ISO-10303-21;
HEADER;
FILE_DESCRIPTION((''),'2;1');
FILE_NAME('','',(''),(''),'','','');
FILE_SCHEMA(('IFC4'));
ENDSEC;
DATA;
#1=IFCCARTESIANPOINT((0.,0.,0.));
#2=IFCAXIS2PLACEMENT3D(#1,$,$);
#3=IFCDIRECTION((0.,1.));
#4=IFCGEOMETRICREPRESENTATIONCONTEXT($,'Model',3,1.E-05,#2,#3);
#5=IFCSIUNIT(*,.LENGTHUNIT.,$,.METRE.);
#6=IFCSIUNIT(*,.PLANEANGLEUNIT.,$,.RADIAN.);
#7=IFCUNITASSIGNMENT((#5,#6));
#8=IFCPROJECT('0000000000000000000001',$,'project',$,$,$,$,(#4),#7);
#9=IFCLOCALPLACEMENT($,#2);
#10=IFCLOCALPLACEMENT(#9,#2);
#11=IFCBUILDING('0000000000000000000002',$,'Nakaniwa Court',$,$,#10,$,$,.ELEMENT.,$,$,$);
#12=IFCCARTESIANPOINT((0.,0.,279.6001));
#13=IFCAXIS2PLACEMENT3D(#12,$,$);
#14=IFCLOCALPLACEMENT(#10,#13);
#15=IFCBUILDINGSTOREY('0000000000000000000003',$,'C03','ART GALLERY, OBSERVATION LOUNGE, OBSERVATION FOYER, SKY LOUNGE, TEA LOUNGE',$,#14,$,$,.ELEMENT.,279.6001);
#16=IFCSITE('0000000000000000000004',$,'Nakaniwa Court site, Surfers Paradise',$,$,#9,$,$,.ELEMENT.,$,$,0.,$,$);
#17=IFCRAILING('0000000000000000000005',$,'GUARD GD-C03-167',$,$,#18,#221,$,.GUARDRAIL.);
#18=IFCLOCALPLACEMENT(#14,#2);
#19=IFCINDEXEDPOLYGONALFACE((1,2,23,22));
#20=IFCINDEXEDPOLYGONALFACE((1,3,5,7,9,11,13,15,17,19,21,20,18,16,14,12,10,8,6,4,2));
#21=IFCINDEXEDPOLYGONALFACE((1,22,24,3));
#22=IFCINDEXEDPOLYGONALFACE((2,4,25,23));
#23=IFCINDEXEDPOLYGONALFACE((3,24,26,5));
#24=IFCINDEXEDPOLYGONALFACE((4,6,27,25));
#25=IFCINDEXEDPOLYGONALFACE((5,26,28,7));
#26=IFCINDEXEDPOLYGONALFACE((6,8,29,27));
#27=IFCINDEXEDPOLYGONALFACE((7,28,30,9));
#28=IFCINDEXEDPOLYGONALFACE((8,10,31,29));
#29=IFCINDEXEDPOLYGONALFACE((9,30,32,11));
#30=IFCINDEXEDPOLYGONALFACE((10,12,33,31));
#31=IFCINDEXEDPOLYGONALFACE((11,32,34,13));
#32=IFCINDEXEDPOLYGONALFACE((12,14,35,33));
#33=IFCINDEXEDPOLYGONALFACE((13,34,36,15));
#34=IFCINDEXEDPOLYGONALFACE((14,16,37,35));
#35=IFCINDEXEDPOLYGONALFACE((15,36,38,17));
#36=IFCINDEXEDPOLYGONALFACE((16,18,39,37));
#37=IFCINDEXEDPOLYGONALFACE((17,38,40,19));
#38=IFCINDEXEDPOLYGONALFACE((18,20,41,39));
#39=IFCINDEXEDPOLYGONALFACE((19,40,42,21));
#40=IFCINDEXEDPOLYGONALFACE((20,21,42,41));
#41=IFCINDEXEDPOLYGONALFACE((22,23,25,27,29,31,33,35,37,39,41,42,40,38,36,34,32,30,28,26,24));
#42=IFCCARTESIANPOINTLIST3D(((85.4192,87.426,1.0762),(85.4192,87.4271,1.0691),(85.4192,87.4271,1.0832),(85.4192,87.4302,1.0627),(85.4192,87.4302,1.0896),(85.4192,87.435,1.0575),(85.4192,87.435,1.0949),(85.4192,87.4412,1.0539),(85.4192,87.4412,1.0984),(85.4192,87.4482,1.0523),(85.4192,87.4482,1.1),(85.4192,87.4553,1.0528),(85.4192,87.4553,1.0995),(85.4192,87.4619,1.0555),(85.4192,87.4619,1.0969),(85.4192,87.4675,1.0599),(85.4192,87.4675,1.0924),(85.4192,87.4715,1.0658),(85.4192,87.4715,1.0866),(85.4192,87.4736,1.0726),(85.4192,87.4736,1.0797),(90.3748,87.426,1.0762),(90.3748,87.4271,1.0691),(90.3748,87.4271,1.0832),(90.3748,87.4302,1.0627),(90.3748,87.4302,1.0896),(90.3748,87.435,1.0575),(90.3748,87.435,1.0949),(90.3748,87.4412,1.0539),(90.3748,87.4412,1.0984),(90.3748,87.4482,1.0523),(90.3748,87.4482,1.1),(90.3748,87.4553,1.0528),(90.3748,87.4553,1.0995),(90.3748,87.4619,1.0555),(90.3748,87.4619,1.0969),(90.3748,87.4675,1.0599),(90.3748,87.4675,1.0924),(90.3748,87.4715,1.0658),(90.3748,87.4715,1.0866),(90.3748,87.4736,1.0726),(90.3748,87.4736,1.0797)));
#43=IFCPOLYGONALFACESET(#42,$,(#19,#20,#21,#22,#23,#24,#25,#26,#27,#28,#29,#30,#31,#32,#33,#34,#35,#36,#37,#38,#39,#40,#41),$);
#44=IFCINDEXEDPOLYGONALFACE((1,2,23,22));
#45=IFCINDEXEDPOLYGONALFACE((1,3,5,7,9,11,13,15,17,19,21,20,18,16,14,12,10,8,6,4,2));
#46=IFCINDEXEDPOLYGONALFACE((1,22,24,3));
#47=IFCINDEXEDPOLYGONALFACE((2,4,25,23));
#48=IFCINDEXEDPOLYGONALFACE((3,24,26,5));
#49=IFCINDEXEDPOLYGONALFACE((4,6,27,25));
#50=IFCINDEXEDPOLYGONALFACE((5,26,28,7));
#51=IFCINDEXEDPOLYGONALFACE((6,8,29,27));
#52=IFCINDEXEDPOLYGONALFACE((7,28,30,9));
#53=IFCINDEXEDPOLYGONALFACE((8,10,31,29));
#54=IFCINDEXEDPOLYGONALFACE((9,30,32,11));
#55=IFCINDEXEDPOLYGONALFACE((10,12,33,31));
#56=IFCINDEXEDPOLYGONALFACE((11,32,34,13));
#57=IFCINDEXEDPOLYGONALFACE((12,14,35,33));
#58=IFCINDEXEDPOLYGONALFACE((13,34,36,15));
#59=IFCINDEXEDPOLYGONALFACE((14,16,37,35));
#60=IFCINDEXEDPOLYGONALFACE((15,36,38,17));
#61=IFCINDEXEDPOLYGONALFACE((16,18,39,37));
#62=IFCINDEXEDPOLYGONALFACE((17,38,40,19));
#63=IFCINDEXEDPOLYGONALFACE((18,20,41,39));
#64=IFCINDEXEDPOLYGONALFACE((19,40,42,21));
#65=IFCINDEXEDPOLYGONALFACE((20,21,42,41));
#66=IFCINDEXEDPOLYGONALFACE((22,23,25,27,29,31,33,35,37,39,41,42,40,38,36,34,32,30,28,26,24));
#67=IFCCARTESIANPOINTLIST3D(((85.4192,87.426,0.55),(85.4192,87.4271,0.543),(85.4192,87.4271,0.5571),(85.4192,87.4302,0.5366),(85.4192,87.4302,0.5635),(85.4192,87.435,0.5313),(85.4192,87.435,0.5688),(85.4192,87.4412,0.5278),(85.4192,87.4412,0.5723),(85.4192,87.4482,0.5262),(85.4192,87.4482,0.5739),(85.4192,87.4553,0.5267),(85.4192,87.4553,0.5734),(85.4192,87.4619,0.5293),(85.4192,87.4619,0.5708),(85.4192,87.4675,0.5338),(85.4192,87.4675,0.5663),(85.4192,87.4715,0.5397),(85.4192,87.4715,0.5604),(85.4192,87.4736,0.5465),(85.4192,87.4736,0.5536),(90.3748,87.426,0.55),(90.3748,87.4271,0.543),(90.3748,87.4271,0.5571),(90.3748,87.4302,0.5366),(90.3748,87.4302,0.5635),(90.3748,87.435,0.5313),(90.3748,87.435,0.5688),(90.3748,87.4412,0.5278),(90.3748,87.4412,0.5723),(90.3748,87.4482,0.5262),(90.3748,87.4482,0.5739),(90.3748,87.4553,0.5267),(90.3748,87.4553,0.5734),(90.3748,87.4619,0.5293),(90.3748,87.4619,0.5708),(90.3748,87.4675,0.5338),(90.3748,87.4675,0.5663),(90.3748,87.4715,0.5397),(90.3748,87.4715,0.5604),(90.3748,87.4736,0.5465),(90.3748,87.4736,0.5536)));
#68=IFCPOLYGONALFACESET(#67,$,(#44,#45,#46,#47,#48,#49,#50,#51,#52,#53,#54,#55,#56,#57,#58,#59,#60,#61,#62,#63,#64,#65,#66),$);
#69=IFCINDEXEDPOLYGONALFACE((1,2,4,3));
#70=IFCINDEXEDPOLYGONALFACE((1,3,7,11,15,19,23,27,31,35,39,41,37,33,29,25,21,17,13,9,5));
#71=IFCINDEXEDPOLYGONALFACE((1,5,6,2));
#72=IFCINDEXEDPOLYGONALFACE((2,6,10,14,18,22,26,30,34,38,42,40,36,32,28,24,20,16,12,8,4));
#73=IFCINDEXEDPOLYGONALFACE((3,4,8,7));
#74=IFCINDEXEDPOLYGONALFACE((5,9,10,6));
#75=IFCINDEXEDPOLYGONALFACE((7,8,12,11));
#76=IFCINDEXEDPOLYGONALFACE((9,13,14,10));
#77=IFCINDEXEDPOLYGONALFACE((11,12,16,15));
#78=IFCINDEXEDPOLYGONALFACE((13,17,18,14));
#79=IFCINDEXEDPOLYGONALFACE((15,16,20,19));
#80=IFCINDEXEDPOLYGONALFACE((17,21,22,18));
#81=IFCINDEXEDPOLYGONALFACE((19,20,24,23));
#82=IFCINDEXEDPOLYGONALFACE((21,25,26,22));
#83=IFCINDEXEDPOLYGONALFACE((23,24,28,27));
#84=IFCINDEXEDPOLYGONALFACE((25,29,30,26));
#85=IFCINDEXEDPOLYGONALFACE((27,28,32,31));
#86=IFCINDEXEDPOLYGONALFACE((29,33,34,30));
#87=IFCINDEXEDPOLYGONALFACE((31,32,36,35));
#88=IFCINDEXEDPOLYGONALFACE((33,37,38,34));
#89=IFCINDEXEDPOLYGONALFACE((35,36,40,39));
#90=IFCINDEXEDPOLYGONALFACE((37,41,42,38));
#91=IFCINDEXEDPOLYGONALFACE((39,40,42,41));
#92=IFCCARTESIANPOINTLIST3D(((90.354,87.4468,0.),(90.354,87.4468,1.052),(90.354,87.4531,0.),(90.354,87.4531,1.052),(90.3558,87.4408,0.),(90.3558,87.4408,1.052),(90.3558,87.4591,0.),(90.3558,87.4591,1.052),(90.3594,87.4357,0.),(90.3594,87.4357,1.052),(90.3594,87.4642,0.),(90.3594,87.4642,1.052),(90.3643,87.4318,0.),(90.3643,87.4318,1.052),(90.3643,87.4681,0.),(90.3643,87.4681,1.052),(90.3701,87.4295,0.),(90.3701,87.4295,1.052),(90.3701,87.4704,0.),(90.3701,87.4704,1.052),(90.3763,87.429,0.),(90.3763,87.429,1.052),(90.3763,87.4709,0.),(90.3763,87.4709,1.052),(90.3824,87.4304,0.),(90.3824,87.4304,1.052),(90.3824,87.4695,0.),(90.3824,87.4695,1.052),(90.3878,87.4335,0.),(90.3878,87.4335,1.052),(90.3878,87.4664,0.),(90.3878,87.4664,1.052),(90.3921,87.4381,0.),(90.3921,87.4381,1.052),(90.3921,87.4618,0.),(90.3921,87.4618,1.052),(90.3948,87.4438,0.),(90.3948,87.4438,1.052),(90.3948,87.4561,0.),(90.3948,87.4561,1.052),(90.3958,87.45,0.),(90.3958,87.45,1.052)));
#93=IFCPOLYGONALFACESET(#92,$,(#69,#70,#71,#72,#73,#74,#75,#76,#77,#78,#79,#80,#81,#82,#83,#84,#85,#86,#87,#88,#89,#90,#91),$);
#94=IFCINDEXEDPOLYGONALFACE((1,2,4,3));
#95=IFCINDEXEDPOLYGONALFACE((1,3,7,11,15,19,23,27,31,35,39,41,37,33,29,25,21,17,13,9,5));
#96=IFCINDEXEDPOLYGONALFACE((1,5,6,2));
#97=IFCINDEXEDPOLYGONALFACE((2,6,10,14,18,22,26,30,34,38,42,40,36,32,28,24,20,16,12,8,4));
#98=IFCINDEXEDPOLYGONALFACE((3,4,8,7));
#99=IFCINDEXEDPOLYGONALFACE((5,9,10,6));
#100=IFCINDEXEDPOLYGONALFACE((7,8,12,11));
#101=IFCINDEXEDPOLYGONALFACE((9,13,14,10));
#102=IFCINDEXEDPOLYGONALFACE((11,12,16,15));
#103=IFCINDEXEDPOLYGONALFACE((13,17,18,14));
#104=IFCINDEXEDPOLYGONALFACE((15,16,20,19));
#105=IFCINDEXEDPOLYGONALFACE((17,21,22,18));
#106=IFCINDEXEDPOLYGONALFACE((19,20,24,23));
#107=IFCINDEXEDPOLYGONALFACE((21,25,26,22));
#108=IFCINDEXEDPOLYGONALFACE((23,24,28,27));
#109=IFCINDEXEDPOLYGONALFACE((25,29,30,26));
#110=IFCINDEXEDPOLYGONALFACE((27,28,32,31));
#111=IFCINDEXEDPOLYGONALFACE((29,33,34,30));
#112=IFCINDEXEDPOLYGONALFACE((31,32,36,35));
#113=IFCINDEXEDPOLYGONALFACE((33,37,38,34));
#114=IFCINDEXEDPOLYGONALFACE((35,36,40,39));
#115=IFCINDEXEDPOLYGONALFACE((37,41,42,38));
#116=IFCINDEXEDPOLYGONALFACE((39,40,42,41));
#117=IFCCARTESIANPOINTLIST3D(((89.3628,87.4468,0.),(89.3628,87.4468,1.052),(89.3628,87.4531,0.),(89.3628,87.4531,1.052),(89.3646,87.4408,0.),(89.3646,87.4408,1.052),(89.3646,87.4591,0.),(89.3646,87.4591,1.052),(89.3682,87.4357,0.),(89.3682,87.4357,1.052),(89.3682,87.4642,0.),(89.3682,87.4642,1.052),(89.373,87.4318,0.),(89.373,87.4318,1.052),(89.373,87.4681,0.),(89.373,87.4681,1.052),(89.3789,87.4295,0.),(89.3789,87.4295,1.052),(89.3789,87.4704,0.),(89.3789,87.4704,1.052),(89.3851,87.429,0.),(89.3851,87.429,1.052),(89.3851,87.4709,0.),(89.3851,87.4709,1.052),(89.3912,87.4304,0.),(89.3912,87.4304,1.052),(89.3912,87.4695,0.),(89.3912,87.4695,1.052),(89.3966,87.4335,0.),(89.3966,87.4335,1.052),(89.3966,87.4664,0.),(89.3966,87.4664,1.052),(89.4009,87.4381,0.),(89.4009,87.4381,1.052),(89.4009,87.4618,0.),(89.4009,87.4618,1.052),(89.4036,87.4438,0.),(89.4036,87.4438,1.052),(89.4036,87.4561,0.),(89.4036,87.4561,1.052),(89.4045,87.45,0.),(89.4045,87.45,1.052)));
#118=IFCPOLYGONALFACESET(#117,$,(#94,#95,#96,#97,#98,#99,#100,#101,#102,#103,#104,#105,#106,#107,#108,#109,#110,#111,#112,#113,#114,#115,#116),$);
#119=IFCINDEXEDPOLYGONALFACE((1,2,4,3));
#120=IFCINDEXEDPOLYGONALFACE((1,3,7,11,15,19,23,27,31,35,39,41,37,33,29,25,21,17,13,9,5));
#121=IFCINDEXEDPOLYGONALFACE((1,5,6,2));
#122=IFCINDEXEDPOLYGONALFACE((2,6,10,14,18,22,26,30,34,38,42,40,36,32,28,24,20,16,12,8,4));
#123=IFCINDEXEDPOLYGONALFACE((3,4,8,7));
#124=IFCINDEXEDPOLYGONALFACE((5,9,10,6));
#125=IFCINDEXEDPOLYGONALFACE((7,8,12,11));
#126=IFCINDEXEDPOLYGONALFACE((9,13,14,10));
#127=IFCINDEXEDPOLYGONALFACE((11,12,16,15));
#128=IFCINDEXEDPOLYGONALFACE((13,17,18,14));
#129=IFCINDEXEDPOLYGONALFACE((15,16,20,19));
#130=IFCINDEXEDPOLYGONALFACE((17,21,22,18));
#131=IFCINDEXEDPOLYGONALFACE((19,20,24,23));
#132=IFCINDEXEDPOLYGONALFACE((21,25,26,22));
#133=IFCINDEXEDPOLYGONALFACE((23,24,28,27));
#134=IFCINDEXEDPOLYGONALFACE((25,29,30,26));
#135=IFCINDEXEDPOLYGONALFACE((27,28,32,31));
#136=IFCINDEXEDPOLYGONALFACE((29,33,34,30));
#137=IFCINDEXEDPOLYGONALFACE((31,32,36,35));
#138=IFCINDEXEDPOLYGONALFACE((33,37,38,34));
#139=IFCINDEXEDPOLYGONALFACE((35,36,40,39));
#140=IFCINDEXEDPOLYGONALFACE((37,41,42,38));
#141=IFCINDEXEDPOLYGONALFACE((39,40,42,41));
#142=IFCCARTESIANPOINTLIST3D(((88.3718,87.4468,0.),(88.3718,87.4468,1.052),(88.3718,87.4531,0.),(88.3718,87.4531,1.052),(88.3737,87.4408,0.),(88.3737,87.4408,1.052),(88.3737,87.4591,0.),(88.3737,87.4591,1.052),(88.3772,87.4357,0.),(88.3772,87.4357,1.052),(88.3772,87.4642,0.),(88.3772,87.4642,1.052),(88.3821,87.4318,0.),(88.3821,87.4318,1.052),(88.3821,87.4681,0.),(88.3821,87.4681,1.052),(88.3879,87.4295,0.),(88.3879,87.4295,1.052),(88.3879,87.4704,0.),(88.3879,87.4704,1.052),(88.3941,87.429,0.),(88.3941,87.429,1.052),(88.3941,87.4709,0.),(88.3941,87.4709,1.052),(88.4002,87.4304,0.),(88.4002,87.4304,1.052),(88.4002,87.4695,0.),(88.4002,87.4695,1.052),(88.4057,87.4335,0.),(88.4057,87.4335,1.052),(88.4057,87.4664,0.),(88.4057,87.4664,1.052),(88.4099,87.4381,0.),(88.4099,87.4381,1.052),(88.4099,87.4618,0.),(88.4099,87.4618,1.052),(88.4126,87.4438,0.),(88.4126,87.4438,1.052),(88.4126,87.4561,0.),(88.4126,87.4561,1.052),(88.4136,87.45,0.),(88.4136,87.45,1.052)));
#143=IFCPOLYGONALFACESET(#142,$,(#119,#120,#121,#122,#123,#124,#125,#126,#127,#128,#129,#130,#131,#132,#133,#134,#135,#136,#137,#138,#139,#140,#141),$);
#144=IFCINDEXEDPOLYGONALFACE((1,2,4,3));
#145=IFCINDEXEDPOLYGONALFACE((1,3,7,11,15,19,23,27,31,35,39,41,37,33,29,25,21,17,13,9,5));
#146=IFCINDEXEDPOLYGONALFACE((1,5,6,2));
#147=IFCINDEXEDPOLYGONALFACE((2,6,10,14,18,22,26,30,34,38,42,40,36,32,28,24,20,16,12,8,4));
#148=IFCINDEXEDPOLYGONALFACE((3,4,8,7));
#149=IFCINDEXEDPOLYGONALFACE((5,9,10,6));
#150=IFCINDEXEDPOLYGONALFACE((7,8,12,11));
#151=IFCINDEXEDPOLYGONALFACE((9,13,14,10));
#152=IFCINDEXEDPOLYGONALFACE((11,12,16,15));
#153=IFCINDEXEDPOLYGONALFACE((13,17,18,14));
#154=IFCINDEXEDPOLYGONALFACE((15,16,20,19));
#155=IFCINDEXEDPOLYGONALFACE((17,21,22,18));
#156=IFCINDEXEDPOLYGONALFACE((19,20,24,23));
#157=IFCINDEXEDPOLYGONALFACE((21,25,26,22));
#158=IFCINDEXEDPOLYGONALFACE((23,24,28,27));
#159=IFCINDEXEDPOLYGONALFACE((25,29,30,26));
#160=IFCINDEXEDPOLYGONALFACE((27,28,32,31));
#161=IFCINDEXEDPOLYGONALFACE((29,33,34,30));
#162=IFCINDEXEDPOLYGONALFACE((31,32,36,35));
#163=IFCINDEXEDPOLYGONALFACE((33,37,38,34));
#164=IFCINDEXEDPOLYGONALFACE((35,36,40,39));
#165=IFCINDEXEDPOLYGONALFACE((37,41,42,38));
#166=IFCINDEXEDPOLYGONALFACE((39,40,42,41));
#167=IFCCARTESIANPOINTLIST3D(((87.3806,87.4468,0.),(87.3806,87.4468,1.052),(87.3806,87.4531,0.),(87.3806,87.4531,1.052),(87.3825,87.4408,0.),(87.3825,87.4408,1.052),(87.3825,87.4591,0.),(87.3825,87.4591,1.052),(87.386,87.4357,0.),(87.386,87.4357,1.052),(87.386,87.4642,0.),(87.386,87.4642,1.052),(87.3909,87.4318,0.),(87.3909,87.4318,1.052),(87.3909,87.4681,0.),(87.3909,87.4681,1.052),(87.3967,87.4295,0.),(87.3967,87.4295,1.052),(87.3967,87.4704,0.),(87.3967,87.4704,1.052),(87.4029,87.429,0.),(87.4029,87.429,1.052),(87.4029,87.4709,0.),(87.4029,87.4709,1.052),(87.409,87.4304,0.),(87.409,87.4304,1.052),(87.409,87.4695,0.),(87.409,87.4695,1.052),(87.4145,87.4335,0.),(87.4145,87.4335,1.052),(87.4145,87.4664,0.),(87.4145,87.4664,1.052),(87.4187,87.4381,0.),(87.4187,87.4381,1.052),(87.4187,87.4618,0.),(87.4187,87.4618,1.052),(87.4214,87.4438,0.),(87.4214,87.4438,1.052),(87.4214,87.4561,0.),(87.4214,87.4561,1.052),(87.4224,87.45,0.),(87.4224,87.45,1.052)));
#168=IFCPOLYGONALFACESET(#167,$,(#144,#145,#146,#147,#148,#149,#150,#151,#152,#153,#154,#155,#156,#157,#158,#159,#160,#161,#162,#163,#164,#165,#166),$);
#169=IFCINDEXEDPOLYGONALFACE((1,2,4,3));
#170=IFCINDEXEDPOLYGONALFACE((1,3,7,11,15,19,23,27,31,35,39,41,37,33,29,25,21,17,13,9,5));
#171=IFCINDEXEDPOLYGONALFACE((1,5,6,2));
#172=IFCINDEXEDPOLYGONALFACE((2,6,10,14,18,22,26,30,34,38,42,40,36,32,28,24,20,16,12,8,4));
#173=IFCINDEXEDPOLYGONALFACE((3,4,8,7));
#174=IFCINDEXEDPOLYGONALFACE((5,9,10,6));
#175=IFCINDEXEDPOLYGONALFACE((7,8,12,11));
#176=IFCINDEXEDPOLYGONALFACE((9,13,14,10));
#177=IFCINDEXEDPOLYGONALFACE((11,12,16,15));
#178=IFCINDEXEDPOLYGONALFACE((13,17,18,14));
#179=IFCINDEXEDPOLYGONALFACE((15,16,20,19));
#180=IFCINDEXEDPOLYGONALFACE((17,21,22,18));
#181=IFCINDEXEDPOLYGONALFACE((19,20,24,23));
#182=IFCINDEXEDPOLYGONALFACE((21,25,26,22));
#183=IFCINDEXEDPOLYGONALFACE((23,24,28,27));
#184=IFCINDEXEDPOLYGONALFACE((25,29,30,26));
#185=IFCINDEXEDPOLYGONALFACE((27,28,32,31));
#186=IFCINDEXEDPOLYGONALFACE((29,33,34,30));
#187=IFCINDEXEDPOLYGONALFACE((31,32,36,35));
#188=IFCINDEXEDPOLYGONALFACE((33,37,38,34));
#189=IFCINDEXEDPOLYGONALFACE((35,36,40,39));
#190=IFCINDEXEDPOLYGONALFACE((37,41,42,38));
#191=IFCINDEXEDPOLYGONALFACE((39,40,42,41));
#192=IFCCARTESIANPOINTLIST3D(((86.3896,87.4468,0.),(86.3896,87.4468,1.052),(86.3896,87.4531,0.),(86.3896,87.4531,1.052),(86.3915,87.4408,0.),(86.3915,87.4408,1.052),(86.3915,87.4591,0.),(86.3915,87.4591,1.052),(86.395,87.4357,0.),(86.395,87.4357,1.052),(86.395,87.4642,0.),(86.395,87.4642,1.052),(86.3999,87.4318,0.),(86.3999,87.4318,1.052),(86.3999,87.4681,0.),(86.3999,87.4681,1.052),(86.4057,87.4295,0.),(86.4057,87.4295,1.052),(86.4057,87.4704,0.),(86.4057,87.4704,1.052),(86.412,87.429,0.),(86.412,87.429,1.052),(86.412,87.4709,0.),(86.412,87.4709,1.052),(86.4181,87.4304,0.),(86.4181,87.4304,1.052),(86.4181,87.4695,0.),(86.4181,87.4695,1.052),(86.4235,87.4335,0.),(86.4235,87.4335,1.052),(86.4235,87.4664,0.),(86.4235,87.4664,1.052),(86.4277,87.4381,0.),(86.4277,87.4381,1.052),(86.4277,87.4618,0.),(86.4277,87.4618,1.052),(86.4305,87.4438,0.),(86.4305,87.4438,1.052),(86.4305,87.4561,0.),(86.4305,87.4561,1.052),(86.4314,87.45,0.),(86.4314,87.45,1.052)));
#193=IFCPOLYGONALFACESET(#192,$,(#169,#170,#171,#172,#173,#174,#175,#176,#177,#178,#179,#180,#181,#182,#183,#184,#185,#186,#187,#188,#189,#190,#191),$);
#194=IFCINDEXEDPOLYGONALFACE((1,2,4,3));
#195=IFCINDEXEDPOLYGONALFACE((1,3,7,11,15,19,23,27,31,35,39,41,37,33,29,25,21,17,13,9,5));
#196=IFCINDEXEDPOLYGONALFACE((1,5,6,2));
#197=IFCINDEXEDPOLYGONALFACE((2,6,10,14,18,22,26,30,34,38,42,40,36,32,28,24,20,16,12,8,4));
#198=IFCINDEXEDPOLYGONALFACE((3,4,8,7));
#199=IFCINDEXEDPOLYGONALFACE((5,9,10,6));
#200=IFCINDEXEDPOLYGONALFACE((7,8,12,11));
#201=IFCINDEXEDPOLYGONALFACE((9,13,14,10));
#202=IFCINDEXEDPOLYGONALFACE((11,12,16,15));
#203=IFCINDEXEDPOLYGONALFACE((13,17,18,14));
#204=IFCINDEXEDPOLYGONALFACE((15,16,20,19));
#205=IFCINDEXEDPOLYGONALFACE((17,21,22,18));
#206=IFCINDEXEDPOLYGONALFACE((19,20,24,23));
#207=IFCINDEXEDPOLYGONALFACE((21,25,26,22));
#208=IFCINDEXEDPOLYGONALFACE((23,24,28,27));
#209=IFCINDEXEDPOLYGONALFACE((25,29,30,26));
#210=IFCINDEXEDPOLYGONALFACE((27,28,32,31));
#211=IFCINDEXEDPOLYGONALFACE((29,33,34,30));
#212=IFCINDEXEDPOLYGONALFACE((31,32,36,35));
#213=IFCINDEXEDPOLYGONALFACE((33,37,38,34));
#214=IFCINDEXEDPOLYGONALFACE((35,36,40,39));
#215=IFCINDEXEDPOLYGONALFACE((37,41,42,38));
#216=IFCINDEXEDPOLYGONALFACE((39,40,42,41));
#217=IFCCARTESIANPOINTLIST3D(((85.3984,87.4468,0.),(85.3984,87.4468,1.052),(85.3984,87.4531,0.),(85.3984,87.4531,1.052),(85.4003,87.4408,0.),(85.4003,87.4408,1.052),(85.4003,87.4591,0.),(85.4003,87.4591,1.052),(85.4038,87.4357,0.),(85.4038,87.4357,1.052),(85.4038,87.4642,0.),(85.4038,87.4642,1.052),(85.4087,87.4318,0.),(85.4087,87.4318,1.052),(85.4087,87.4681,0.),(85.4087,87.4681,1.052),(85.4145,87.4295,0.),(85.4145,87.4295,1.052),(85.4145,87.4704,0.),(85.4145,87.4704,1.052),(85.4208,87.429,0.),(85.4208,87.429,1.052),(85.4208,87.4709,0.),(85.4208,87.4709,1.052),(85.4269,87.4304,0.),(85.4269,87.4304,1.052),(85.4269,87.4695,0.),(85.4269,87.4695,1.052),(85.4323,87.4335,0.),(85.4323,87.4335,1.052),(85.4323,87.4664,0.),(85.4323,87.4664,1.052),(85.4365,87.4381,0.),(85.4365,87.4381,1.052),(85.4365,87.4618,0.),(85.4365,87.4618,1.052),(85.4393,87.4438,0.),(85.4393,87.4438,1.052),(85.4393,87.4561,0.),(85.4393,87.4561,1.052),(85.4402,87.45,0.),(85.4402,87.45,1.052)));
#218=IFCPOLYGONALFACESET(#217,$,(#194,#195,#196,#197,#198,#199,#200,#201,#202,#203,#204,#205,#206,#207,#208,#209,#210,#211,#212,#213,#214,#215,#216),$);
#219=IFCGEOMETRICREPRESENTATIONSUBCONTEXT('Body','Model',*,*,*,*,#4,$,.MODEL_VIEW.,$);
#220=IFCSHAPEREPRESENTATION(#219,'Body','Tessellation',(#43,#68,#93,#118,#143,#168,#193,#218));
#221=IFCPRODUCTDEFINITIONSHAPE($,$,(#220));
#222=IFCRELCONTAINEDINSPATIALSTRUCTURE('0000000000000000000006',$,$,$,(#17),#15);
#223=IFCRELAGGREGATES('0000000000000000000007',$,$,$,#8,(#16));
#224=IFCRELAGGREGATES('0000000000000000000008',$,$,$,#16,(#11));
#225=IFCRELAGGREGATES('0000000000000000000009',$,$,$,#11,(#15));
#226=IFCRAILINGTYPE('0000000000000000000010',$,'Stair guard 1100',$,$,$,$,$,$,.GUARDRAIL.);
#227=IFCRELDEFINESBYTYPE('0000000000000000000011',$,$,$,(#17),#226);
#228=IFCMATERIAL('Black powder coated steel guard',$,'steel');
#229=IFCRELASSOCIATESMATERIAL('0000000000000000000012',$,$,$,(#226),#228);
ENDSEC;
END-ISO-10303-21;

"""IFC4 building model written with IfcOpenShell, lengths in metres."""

from ifc_helpers import new_model, si_unit, direction, frame, origin, origin_2d, place, context, subcontext, project, spatial, circle, extrude, material, type_object, element, save


model = new_model("IFC4")

# Units and contexts
model_context = context("Model", 3, precision=1e-05, world=origin(), true_north=direction((0.0, 1.0)))
body_context = subcontext(model_context, "Body", "Model", "MODEL_VIEW")
ifc_project = project(units=[si_unit("LENGTHUNIT", "METRE"), si_unit("PLANEANGLEUNIT", "RADIAN")], contexts=[model_context])

# Site, building, storey
site_placement = place(None, origin())
site = spatial("IfcSite", under=ifc_project, at=site_placement, Name="Nakaniwa Court site, Surfers Paradise", CompositionType="ELEMENT", RefElevation=0.0)
building_placement = place(site_placement, origin())
building = spatial("IfcBuilding", under=site, at=building_placement, Name="Nakaniwa Court", CompositionType="ELEMENT")
storey_placement = place(building_placement, frame((0.0, 0.0, 279.6001)))
storey = spatial("IfcBuildingStorey", under=building, at=storey_placement, Name="C03", Description="ART GALLERY, OBSERVATION LOUNGE, OBSERVATION FOYER, SKY LOUNGE, TEA LOUNGE", CompositionType="ELEMENT", Elevation=279.6001)

# Railing
ifc_material_1 = material(Name="Black powder coated steel guard", Category="steel")
railing_type = type_object("IfcRailingType", Name="Stair guard 1100", PredefinedType="GUARDRAIL", material=ifc_material_1)
railing_placement = place(storey_placement, frame((90.3748, 87.45, 0.0)))
element("IfcRailing", 1, at=railing_placement, inside=storey, type_object=railing_type, Name="GUARD GD-C03-167", PredefinedType="GUARDRAIL", context=body_context, shape_type="SweptSolid", body=[
    extrude(circle(Radius=0.0239, at=origin_2d()), frame((0.0, 0.0, 1.0762), z_axis=(-1.0, 0.0, 0.0), x_axis=(0.0, -1.0, 0.0)), (0.0, 0.0, 1.0), 4.9556),
    extrude(circle(Radius=0.0239, at=origin_2d()), frame((0.0, 0.0, 0.55), z_axis=(-1.0, 0.0, 0.0), x_axis=(0.0, -1.0, 0.0)), (0.0, 0.0, 1.0), 4.9556),
    extrude(circle(Radius=0.021, at=origin_2d()), origin(), (0.0, 0.0, 1.0), 1.052),
    extrude(circle(Radius=0.021, at=origin_2d()), frame((-0.9912, 0.0, 0.0)), (0.0, 0.0, 1.0), 1.052),
    extrude(circle(Radius=0.021, at=origin_2d()), frame((-1.9822, 0.0, 0.0)), (0.0, 0.0, 1.0), 1.052),
    extrude(circle(Radius=0.021, at=origin_2d()), frame((-2.9734, 0.0, 0.0)), (0.0, 0.0, 1.0), 1.052),
    extrude(circle(Radius=0.021, at=origin_2d()), frame((-3.9644, 0.0, 0.0)), (0.0, 0.0, 1.0), 1.052),
    extrude(circle(Radius=0.021, at=origin_2d()), frame((-4.9556, 0.0, 0.0)), (0.0, 0.0, 1.0), 1.052),
])

save(model, "model.ifc")
